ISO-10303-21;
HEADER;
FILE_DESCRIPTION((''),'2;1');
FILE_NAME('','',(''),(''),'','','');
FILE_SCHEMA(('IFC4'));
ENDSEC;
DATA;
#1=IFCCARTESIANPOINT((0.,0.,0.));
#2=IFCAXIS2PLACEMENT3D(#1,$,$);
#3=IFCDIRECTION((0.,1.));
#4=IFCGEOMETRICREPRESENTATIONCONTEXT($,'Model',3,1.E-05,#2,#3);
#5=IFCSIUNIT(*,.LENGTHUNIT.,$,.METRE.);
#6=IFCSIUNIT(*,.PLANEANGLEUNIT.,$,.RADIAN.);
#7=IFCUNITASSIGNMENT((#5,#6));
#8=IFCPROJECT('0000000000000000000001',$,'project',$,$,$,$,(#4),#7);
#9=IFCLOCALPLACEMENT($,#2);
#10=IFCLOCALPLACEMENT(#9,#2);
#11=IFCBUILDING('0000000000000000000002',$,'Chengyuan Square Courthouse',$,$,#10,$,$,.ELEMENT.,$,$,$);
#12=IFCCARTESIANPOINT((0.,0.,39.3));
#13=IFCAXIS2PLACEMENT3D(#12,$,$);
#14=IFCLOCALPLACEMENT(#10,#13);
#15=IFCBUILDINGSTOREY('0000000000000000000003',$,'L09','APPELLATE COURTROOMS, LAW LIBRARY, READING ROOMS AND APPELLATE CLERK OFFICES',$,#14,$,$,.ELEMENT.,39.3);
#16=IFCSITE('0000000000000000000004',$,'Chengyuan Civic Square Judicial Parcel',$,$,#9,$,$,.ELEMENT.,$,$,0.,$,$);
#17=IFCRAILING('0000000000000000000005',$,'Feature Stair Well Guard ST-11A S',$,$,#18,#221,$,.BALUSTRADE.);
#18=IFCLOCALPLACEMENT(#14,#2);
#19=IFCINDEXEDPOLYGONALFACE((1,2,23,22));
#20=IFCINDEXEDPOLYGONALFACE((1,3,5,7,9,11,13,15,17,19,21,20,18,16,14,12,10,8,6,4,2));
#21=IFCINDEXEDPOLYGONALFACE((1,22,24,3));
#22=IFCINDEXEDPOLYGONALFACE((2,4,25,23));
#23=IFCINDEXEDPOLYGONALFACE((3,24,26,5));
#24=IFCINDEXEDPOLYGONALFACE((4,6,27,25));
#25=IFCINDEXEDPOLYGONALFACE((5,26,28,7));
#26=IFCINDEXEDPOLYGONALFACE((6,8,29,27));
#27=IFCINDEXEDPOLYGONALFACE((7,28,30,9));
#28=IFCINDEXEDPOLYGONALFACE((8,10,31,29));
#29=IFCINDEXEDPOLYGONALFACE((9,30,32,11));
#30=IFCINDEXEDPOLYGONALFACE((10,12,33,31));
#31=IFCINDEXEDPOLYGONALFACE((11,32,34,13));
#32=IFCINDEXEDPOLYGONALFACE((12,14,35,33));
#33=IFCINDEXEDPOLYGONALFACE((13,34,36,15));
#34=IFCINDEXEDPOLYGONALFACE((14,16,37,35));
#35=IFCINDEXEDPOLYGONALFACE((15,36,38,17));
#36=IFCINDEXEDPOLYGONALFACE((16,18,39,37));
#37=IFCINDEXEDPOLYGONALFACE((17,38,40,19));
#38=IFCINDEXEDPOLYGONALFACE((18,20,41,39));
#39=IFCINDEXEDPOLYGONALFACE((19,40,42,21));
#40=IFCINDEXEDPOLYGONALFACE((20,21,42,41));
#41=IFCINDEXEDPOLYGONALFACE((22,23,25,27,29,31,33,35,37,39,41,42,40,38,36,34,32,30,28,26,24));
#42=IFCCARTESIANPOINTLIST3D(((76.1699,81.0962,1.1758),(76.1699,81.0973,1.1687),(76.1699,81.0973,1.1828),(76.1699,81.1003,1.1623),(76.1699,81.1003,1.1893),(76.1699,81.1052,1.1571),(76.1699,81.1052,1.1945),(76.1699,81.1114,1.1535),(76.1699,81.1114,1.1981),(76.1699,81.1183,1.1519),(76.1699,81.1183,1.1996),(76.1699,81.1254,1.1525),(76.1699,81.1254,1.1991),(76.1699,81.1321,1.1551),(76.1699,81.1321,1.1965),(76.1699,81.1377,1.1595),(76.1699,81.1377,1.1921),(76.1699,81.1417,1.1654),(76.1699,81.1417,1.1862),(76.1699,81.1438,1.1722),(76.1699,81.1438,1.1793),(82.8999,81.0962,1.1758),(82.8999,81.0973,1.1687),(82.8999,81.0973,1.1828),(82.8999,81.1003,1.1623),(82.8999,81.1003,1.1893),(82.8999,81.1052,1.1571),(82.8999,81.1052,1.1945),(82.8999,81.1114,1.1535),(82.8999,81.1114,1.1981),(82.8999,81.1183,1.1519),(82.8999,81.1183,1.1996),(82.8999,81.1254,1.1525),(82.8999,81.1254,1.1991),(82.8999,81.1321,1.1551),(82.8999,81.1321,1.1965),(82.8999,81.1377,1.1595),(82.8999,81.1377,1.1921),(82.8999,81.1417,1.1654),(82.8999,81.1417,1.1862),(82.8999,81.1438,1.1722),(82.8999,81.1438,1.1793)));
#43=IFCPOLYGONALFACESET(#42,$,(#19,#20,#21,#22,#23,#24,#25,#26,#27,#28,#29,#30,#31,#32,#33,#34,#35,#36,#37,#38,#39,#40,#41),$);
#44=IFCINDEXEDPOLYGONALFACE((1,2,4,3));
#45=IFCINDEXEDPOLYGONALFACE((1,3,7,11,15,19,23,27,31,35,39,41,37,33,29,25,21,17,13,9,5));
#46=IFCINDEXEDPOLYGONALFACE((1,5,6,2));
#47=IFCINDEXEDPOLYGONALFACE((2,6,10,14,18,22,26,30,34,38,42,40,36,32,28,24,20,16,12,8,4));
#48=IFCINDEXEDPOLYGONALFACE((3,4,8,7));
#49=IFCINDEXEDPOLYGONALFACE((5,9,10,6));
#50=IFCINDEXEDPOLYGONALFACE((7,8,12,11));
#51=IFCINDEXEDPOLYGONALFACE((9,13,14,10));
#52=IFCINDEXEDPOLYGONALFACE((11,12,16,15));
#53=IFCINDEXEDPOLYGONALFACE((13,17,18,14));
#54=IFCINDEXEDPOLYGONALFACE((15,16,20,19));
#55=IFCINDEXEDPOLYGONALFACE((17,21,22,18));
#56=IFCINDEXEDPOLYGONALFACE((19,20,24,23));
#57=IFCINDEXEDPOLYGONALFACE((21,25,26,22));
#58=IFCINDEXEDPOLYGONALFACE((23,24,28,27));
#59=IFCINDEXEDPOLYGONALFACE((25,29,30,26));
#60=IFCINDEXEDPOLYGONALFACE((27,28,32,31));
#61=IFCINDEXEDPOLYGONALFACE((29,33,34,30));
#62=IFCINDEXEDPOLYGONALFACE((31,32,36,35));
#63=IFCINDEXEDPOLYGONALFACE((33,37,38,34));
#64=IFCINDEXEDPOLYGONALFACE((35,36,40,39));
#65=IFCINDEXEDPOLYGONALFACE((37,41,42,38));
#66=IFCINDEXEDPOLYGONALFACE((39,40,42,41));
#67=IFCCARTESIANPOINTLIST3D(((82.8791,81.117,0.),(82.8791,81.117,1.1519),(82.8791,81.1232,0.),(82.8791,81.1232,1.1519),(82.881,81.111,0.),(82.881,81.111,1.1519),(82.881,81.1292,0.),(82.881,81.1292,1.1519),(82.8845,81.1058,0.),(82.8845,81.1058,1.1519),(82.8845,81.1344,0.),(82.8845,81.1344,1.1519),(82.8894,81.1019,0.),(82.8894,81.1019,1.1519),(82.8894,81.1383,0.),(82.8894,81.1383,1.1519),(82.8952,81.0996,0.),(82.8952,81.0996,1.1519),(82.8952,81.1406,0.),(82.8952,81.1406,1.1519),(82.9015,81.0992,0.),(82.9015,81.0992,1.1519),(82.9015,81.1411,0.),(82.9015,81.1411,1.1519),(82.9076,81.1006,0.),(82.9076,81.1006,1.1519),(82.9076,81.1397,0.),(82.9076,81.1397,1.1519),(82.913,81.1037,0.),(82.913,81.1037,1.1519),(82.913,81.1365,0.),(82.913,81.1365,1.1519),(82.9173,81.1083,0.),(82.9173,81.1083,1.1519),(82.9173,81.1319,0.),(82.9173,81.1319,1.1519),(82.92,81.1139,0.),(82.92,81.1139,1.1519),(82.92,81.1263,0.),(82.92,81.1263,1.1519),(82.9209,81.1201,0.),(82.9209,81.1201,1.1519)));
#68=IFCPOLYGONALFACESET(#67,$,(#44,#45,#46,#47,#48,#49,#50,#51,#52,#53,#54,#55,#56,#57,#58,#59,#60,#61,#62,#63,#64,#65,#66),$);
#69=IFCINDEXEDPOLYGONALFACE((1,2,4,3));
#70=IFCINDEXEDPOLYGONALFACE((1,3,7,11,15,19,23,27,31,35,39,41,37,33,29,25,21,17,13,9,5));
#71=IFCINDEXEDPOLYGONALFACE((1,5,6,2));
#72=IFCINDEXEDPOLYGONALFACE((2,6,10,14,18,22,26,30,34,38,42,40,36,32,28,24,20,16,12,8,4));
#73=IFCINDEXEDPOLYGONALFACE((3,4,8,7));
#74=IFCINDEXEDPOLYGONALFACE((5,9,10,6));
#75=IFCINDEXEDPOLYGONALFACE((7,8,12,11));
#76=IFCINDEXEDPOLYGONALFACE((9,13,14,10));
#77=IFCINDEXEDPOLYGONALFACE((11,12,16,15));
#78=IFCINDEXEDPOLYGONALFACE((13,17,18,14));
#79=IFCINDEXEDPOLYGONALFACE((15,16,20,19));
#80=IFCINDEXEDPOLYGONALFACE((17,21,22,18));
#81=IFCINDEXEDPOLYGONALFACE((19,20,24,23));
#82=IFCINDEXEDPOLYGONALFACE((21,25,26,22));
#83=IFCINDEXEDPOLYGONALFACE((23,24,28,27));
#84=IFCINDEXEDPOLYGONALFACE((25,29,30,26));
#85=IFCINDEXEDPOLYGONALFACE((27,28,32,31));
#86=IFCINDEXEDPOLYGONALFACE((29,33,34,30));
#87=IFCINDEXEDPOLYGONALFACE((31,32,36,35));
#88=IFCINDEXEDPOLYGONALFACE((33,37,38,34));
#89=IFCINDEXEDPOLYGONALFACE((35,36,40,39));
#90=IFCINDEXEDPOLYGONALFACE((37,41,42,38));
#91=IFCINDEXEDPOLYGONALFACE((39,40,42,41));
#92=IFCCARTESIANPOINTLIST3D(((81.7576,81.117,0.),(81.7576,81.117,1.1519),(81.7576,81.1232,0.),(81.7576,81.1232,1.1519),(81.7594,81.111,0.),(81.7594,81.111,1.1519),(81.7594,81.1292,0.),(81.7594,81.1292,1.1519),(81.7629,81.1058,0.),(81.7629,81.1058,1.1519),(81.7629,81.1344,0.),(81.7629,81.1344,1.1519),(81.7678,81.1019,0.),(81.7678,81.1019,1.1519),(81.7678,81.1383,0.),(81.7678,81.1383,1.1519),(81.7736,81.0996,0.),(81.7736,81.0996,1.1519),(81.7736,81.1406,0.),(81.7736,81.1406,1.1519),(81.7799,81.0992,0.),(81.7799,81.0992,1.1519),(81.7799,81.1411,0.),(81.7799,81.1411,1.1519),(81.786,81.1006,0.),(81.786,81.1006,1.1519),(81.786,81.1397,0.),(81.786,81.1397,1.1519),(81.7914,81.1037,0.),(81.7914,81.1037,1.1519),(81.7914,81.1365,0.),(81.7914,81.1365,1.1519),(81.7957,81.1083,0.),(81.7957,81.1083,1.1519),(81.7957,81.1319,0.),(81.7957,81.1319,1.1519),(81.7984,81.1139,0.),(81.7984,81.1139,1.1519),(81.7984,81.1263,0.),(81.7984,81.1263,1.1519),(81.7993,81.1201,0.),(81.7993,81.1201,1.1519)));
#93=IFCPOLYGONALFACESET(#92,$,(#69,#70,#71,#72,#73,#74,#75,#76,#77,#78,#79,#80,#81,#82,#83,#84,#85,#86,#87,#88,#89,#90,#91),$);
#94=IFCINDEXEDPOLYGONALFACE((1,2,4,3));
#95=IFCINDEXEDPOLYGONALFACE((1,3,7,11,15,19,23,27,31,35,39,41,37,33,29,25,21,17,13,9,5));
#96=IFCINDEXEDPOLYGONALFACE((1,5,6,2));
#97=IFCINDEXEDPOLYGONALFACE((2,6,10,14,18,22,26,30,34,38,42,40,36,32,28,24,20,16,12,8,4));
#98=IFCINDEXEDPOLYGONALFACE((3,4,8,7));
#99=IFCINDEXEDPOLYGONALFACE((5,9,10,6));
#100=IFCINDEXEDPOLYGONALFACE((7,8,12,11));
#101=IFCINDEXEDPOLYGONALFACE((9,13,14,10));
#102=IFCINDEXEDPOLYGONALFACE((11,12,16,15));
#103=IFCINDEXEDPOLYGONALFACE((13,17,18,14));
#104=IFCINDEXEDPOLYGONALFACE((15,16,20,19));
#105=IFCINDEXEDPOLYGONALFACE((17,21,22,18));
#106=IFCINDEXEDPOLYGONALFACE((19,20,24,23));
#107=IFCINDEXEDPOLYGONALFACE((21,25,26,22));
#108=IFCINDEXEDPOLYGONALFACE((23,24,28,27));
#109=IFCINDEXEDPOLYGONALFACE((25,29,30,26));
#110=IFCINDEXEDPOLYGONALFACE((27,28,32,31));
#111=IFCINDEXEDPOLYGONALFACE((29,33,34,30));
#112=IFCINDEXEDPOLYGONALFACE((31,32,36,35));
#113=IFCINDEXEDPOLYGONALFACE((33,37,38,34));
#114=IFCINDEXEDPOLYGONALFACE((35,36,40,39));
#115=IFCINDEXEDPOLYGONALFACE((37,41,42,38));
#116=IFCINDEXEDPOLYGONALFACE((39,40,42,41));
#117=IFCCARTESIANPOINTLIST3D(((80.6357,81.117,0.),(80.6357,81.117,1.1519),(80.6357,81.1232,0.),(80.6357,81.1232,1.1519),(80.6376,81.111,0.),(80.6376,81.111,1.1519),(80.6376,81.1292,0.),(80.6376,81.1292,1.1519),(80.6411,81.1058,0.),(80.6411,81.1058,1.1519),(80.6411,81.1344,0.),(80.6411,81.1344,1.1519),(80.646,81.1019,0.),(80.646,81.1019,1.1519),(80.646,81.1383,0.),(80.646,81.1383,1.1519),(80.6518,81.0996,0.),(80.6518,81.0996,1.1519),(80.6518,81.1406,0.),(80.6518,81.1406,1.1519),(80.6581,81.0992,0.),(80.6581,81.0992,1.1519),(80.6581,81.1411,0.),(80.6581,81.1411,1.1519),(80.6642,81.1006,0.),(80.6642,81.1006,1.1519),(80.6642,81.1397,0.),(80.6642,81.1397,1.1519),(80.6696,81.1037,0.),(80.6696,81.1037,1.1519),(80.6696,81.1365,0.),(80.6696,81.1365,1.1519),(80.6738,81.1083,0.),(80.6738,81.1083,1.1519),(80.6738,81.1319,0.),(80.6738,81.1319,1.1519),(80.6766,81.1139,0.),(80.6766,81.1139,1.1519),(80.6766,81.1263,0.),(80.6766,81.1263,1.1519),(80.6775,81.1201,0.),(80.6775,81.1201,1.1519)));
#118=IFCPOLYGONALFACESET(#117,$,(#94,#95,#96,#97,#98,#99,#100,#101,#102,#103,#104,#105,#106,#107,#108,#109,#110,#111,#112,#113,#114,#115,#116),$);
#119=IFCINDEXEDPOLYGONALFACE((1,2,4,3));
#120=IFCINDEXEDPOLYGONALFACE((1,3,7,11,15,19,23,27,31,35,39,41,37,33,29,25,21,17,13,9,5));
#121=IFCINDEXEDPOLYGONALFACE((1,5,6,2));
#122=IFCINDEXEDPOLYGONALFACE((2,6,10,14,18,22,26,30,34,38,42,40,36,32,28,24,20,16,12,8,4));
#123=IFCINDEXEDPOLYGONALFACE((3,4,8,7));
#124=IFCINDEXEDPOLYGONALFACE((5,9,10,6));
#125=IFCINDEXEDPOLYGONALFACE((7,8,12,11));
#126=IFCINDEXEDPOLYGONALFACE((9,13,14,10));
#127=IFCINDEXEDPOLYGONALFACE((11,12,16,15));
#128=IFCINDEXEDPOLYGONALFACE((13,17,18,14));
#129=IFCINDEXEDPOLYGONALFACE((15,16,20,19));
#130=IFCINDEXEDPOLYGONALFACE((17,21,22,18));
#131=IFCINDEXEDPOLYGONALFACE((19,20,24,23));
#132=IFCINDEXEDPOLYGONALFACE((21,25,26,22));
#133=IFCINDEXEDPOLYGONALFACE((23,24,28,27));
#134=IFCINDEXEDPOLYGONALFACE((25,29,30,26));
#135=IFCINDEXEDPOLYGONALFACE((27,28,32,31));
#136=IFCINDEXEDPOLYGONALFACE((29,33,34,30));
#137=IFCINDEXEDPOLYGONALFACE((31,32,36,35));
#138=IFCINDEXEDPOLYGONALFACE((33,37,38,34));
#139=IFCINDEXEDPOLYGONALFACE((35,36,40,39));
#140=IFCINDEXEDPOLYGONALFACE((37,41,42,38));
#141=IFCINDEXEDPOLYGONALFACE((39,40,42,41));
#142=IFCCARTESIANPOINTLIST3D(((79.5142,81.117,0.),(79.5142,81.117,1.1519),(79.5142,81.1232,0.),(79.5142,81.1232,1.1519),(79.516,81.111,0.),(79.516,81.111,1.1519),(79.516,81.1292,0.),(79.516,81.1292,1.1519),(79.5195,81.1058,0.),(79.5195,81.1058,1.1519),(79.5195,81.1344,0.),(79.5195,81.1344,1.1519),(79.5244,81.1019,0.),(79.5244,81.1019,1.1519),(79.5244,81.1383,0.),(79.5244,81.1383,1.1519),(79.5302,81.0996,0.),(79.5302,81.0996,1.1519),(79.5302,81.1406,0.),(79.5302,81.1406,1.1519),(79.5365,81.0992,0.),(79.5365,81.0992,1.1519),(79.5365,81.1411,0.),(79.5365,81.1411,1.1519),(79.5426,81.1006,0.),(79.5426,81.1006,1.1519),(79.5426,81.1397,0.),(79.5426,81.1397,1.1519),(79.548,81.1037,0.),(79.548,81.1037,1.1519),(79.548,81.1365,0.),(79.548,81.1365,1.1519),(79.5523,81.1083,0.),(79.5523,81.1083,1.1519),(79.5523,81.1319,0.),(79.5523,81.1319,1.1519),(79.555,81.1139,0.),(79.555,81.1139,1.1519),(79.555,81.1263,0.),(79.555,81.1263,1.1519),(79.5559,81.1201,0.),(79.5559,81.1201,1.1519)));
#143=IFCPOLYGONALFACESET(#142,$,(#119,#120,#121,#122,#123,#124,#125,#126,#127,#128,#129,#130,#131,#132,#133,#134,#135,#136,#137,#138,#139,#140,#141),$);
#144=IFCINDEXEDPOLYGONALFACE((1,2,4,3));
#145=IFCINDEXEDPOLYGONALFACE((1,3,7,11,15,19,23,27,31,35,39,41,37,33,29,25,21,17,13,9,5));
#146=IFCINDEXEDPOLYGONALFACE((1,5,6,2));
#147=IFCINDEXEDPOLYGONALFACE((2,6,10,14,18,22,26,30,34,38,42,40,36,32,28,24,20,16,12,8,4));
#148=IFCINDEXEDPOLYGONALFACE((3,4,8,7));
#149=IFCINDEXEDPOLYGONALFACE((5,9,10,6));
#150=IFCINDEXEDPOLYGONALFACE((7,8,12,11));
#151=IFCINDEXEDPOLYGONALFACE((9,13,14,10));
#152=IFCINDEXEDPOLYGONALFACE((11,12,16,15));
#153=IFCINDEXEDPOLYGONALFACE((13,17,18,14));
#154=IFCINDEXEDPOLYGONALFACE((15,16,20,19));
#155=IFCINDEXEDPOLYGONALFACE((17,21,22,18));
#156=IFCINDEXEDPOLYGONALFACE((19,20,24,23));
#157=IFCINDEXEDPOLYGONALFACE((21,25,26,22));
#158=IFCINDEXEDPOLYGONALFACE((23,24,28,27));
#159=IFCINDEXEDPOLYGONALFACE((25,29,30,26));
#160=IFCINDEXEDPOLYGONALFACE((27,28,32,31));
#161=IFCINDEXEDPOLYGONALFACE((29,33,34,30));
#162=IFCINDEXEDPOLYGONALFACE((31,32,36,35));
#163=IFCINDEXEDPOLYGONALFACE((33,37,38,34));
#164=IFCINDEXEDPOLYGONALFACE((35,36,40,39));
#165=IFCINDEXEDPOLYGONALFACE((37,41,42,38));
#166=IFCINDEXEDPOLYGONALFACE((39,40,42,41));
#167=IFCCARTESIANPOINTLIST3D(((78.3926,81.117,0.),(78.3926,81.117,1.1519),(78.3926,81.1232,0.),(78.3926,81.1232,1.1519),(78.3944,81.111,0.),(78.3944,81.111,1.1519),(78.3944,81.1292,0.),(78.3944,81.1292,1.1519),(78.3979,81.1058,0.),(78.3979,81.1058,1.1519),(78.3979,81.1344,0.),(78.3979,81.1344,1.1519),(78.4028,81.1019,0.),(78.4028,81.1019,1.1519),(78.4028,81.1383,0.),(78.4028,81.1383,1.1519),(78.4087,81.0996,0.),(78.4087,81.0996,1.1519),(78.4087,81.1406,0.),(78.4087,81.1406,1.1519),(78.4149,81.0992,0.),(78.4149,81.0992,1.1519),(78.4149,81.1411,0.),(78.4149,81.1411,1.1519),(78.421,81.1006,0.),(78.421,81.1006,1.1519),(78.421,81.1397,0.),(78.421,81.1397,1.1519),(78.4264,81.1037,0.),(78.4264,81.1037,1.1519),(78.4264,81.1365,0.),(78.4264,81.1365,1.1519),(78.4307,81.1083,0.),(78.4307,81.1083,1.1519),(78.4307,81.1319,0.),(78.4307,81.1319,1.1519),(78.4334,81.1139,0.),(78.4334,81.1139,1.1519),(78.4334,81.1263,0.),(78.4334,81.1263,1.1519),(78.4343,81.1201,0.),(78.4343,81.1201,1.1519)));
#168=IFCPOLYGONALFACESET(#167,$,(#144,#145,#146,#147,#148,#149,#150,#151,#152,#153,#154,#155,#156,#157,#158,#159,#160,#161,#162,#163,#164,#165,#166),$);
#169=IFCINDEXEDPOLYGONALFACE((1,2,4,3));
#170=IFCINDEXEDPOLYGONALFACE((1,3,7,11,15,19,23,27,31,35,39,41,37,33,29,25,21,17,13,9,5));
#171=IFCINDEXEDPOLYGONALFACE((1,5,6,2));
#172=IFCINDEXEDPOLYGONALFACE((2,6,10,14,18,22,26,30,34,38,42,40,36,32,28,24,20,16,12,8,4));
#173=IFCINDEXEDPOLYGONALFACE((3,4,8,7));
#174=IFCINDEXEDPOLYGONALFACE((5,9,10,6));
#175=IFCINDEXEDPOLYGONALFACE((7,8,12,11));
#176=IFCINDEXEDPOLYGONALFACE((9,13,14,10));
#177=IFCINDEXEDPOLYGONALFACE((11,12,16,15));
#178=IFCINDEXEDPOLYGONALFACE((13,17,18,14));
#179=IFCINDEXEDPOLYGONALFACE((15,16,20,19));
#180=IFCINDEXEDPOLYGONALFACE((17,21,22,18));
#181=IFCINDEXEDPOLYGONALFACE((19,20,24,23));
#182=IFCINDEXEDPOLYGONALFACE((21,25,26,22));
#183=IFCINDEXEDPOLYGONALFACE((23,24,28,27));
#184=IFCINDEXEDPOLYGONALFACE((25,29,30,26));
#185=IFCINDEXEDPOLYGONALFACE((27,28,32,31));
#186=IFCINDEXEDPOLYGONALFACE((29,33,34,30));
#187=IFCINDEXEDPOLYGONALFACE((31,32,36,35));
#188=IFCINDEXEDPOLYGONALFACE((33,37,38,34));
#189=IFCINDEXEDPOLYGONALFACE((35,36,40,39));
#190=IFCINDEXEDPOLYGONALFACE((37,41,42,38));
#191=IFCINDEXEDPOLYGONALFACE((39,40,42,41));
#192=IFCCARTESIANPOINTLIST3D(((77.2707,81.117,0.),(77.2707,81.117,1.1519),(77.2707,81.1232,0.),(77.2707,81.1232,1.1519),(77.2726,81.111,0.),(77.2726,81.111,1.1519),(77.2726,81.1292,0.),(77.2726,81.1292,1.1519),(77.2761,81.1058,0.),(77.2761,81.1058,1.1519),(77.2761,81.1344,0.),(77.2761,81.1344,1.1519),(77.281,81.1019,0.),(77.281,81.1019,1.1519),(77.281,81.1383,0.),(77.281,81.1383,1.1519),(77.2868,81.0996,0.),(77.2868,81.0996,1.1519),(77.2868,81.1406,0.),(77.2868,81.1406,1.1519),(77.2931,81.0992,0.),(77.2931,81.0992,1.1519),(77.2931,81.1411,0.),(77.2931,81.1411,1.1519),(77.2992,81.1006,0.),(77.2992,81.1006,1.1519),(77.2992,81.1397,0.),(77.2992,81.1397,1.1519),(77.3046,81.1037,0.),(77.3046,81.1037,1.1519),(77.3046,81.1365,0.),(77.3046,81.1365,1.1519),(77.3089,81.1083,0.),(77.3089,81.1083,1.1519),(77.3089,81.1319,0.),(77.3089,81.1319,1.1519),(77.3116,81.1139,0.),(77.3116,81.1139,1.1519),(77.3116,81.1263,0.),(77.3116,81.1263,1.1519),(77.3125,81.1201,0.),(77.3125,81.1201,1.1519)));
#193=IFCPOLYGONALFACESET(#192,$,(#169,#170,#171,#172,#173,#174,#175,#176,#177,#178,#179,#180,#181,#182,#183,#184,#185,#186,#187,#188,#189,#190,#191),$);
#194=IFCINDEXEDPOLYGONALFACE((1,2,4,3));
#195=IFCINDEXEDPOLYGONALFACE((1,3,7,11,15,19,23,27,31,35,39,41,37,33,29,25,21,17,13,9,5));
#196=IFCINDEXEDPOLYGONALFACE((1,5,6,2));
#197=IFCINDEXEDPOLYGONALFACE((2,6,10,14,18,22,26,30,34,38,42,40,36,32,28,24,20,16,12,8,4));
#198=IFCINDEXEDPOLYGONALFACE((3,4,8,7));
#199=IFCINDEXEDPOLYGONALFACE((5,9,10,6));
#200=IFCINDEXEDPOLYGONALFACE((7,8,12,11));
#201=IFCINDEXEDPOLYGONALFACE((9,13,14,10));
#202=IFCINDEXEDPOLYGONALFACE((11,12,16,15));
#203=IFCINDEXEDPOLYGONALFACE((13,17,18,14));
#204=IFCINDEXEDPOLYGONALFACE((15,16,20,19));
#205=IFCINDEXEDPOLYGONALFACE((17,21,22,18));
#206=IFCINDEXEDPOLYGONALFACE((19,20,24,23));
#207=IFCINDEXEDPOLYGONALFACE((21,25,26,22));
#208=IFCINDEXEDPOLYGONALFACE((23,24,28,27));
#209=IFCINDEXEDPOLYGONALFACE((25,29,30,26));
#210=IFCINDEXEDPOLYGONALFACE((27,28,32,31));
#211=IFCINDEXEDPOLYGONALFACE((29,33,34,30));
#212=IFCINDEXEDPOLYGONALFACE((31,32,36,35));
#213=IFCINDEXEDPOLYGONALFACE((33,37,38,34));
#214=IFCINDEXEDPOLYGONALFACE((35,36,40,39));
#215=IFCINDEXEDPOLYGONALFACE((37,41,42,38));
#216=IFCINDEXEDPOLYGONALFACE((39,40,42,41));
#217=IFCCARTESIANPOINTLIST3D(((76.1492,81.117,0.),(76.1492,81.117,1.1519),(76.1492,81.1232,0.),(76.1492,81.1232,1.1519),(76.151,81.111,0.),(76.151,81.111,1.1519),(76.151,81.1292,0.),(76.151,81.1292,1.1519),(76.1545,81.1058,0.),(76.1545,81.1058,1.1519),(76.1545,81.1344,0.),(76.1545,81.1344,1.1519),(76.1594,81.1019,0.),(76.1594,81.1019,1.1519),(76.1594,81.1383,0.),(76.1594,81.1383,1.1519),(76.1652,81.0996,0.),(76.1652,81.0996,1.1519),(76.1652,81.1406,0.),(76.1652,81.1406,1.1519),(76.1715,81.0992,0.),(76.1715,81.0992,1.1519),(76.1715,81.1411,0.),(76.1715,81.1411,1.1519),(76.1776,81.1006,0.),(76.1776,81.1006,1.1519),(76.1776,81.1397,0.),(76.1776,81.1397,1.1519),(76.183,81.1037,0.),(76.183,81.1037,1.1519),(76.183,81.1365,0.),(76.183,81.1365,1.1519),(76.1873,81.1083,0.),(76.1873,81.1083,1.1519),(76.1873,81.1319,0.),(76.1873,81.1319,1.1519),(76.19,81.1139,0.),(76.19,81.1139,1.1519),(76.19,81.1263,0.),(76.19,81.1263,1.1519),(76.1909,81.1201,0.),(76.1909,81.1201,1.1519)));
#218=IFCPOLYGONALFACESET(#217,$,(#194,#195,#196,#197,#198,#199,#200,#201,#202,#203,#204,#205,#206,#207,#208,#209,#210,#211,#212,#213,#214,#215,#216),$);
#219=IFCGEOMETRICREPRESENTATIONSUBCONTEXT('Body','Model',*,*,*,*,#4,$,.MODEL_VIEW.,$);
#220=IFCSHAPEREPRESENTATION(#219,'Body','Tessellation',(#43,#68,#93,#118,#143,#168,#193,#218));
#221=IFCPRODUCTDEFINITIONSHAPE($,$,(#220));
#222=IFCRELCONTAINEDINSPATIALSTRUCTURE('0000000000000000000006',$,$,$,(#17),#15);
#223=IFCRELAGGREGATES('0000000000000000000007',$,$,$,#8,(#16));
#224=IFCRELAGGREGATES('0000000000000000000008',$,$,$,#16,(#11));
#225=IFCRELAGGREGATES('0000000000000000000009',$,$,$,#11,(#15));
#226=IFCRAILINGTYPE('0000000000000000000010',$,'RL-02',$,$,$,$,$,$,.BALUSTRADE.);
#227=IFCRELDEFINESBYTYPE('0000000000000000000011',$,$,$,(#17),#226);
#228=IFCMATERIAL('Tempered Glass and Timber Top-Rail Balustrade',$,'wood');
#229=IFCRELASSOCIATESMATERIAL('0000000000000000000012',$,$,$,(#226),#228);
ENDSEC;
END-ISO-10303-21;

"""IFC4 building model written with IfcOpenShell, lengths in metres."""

from ifc_helpers import new_model, si_unit, direction, frame, origin, origin_2d, place, context, subcontext, project, spatial, circle, extrude, material, type_object, element, save


model = new_model("IFC4")

# Units and contexts
model_context = context("Model", 3, precision=1e-05, world=origin(), true_north=direction((0.0, 1.0)))
body_context = subcontext(model_context, "Body", "Model", "MODEL_VIEW")
ifc_project = project(units=[si_unit("LENGTHUNIT", "METRE"), si_unit("PLANEANGLEUNIT", "RADIAN")], contexts=[model_context])

# Site, building, storey
site_placement = place(None, origin())
site = spatial("IfcSite", under=ifc_project, at=site_placement, Name="Chengyuan Civic Square Judicial Parcel", CompositionType="ELEMENT", RefElevation=0.0)
building_placement = place(site_placement, origin())
building = spatial("IfcBuilding", under=site, at=building_placement, Name="Chengyuan Square Courthouse", CompositionType="ELEMENT")
storey_placement = place(building_placement, frame((0.0, 0.0, 39.3)))
storey = spatial("IfcBuildingStorey", under=building, at=storey_placement, Name="L09", Description="APPELLATE COURTROOMS, LAW LIBRARY, READING ROOMS AND APPELLATE CLERK OFFICES", CompositionType="ELEMENT", Elevation=39.3)

# Railing
ifc_material_1 = material(Name="Tempered Glass and Timber Top-Rail Balustrade", Category="wood")
railing_type = type_object("IfcRailingType", Name="RL-02", PredefinedType="BALUSTRADE", material=ifc_material_1)
railing_1_placement = place(storey_placement, frame((82.8999, 81.1201, 0.0)))
element("IfcRailing", 1, at=railing_1_placement, inside=storey, type_object=railing_type, Name="Feature Stair Well Guard ST-11A S", PredefinedType="BALUSTRADE", context=body_context, shape_type="SweptSolid", body=[
    extrude(circle(Radius=0.0239, at=origin_2d()), frame((0.0, 0.0, 1.1758), z_axis=(-1.0, 0.0, 0.0), x_axis=(0.0, -1.0, 0.0)), (0.0, 0.0, 1.0), 6.73),
    extrude(circle(Radius=0.021, at=origin_2d()), origin(), (0.0, 0.0, 1.0), 1.1519),
    extrude(circle(Radius=0.021, at=origin_2d()), frame((-1.1216, 0.0, 0.0)), (0.0, 0.0, 1.0), 1.1519),
    extrude(circle(Radius=0.021, at=origin_2d()), frame((-2.2434, 0.0, 0.0)), (0.0, 0.0, 1.0), 1.1519),
    extrude(circle(Radius=0.021, at=origin_2d()), frame((-3.365, 0.0, 0.0)), (0.0, 0.0, 1.0), 1.1519),
    extrude(circle(Radius=0.021, at=origin_2d()), frame((-4.4866, 0.0, 0.0)), (0.0, 0.0, 1.0), 1.1519),
    extrude(circle(Radius=0.021, at=origin_2d()), frame((-5.6084, 0.0, 0.0)), (0.0, 0.0, 1.0), 1.1519),
    extrude(circle(Radius=0.021, at=origin_2d()), frame((-6.73, 0.0, 0.0)), (0.0, 0.0, 1.0), 1.1519),
])

save(model, "model.ifc")
